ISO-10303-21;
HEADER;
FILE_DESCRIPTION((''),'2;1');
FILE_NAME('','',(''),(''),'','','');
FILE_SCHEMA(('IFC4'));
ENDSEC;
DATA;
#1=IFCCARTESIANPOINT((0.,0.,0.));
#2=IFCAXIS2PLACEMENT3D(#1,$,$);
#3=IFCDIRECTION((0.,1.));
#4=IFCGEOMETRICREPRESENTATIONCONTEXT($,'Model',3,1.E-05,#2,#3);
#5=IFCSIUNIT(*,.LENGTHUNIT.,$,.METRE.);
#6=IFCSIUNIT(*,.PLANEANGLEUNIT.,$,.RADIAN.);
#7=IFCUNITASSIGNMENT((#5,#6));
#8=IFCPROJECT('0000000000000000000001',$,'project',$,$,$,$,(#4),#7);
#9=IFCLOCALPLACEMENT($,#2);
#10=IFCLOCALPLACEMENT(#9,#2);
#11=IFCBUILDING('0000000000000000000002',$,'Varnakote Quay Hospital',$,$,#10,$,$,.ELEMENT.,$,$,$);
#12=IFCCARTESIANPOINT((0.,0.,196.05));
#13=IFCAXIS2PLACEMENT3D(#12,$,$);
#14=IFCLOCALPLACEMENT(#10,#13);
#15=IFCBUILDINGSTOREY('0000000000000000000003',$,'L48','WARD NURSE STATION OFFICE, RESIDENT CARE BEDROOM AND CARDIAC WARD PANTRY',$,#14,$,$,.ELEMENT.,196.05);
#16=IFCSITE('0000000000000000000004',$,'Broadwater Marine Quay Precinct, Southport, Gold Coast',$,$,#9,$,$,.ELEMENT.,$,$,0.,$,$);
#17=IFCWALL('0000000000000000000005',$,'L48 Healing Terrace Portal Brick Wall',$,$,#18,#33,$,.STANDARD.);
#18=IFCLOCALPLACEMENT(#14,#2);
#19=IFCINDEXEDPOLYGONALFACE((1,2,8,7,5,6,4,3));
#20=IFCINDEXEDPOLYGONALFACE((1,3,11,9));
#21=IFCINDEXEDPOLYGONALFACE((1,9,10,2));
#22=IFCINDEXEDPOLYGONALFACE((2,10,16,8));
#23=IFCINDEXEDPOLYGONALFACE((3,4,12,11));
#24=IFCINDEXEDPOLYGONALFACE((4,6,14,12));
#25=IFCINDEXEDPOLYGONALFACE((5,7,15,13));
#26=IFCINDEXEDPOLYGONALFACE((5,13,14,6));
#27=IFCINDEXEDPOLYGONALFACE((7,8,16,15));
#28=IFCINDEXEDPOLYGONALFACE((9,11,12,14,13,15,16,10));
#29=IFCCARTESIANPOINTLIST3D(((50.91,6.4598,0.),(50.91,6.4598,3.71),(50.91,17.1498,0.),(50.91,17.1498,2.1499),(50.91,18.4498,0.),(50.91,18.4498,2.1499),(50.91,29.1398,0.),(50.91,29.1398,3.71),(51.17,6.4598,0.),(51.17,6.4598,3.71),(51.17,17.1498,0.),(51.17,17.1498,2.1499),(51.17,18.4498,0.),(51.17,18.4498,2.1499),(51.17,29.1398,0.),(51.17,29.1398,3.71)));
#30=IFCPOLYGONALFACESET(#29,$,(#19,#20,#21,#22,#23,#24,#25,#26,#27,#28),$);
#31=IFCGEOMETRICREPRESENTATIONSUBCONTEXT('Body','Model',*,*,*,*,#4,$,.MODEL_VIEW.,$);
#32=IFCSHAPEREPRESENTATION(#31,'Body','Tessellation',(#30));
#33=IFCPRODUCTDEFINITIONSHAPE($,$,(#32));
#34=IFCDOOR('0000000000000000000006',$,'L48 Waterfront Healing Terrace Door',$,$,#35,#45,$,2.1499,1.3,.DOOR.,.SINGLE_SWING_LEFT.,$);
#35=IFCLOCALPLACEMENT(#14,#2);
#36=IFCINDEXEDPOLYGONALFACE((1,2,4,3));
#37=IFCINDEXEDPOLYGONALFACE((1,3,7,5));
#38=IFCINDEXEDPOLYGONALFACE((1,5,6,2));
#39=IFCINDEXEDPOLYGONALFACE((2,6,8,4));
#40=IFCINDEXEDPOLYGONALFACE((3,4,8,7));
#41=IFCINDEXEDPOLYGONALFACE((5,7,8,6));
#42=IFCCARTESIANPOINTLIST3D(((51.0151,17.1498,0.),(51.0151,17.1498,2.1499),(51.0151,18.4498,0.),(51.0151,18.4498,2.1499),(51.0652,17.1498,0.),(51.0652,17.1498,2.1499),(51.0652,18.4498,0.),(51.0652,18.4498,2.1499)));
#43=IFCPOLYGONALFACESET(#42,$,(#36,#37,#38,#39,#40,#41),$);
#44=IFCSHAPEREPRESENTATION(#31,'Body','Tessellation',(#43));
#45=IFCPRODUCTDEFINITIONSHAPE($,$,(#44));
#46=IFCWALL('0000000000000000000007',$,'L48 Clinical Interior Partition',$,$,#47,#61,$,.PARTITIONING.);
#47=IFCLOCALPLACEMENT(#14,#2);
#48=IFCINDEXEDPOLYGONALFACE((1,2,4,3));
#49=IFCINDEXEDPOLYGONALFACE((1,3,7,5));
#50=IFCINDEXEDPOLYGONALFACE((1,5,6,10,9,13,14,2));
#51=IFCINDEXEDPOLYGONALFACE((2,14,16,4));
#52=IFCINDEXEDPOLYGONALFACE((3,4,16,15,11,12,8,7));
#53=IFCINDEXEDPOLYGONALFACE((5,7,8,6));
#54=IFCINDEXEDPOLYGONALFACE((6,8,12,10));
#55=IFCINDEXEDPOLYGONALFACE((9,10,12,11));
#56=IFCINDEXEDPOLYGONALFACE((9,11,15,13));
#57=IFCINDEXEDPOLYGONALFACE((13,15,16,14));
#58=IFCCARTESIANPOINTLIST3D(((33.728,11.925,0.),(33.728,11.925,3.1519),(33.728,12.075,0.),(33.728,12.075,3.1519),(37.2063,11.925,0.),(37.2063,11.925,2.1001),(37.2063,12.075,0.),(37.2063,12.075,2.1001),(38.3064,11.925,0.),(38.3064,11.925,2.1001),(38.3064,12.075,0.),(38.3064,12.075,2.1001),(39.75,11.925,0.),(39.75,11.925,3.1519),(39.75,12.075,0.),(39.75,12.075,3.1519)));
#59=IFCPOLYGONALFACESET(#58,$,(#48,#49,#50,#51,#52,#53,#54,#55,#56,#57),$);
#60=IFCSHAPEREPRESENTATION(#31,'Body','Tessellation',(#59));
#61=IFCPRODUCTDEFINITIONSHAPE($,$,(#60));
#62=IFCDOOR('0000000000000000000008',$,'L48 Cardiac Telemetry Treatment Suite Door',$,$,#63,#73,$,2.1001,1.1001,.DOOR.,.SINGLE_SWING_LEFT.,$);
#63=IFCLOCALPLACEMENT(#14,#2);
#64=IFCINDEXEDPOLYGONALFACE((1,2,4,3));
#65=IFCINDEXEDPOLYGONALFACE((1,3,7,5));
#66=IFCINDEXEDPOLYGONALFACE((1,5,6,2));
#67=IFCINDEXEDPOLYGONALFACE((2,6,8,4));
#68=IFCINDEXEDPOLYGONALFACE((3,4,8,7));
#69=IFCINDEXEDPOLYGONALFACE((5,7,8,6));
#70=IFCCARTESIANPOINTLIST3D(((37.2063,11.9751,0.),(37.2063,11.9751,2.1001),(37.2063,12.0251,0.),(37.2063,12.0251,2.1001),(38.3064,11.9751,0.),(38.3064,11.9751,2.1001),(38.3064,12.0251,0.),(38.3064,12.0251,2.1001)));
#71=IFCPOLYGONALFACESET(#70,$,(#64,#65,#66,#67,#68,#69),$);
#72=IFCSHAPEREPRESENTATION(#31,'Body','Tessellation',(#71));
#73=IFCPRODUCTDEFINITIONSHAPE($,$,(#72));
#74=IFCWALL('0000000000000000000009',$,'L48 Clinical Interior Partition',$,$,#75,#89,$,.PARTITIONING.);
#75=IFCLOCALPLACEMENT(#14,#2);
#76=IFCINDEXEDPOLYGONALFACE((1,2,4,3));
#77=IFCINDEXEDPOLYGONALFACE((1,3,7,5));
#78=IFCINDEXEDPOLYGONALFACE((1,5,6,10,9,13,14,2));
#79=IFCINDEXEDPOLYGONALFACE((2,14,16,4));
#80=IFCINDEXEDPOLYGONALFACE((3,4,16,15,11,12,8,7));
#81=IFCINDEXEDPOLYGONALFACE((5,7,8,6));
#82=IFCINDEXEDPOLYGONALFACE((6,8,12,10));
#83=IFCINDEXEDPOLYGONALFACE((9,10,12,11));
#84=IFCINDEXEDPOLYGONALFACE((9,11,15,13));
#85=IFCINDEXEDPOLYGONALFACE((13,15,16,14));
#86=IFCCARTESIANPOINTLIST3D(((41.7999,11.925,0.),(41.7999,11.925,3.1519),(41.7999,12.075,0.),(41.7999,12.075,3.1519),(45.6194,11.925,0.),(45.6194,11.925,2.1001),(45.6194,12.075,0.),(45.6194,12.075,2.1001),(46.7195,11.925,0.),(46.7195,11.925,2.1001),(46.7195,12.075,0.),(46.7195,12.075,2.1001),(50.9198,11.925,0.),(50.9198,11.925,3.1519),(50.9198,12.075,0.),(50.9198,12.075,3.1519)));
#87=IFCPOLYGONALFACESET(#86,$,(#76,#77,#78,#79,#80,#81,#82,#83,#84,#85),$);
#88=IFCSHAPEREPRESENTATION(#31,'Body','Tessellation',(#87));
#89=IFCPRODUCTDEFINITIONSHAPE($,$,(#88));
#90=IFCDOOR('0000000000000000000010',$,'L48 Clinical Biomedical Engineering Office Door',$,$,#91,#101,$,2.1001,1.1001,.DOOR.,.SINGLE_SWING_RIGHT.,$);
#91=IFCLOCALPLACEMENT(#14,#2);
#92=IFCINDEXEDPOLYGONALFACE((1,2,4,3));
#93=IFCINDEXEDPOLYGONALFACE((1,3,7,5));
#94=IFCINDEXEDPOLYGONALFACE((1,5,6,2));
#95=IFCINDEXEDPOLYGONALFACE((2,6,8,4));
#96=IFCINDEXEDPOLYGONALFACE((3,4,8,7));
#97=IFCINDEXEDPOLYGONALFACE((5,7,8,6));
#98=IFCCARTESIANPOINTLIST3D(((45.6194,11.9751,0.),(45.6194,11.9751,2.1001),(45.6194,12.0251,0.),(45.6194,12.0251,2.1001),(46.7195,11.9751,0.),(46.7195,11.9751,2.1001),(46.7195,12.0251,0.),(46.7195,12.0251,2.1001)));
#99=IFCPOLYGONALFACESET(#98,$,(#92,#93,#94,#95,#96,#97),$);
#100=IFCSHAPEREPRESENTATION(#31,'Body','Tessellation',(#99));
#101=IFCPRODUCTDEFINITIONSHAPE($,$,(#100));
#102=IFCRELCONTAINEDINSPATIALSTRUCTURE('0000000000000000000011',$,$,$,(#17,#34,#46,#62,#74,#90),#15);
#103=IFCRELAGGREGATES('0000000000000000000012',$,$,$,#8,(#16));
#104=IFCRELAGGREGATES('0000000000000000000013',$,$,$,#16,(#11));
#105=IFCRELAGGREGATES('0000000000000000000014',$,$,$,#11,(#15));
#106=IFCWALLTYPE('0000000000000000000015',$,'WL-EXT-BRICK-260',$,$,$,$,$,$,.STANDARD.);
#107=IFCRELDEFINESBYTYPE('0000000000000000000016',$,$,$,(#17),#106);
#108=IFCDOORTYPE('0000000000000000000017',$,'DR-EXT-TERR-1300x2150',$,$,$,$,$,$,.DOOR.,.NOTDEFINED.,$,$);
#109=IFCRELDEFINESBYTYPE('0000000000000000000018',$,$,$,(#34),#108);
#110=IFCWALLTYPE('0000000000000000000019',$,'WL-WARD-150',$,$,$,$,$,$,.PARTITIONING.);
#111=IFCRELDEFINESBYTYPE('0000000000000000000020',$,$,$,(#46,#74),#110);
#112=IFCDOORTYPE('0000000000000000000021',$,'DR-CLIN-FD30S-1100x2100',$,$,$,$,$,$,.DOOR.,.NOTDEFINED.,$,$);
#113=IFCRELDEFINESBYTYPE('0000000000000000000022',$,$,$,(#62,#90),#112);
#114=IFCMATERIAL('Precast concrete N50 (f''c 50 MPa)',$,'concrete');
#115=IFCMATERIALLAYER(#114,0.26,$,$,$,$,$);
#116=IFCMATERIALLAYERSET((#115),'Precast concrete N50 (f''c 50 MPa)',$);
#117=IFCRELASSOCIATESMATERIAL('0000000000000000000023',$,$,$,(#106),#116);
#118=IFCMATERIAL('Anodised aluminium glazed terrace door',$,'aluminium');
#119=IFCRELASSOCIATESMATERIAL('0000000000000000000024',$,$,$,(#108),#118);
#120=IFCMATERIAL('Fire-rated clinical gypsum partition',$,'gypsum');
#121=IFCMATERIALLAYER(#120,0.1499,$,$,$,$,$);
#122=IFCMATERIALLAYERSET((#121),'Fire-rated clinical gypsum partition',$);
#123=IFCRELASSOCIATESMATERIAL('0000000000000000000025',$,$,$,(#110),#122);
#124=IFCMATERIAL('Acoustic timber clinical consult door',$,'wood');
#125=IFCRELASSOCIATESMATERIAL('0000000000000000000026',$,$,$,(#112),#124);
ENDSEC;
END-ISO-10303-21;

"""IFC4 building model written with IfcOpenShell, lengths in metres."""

from ifc_helpers import new_model, si_unit, direction, frame, frame_2d, origin, place, context, subcontext, project, spatial, rectangle, extrude, material, layer, layer_set, type_object, element, fill, save


model = new_model("IFC4")

# Units and contexts
model_context = context("Model", 3, precision=1e-05, world=origin(), true_north=direction((0.0, 1.0)))
body_context = subcontext(model_context, "Body", "Model", "MODEL_VIEW")
ifc_project = project(units=[si_unit("LENGTHUNIT", "METRE"), si_unit("PLANEANGLEUNIT", "RADIAN")], contexts=[model_context])

# Site, building, storey
site_placement = place(None, origin())
site = spatial("IfcSite", under=ifc_project, at=site_placement, Name="Broadwater Marine Quay Precinct, Southport, Gold Coast", CompositionType="ELEMENT", RefElevation=0.0)
building_placement = place(site_placement, origin())
building = spatial("IfcBuilding", under=site, at=building_placement, Name="Varnakote Quay Hospital", CompositionType="ELEMENT")
storey_placement = place(building_placement, frame((0.0, 0.0, 196.05)))
storey = spatial("IfcBuildingStorey", under=building, at=storey_placement, Name="L48", Description="WARD NURSE STATION OFFICE, RESIDENT CARE BEDROOM AND CARDIAC WARD PANTRY", CompositionType="ELEMENT", Elevation=196.05)

# Shared definitions
ifc_material_1 = material(Name="Precast concrete N50 (f'c 50 MPa)", Category="concrete")
ifc_layer_1 = layer(ifc_material_1, 0.26)
ifc_layer_set_1 = layer_set([ifc_layer_1], Name="Precast concrete N50 (f'c 50 MPa)")
wall_type_1 = type_object("IfcWallType", Name="WL-EXT-BRICK-260", PredefinedType="STANDARD", material=ifc_layer_set_1)

# Walls, openings, doors
wall_1_placement = place(storey_placement, frame((51.04, 6.46, 0.0), z_axis=(0.0, 0.0, 1.0), x_axis=(0.0, 1.0, 0.0)))
wall_1 = element("IfcWall", 1, at=wall_1_placement, inside=storey, type_object=wall_type_1, Name="L48 Healing Terrace Portal Brick Wall", PredefinedType="STANDARD", context=body_context, shape_type="SweptSolid", body=[
    extrude(rectangle(XDim=22.6799, YDim=0.26, at=frame_2d((11.3398, 0.0))), origin(), (0.0, 0.0, 1.0), 3.71),
])
opening_1_placement = place(wall_1_placement, frame((10.6899, 0.0, 0.0)))
opening_1 = element("IfcOpeningElement", 2, at=opening_1_placement, cuts=wall_1, PredefinedType="OPENING", context=body_context, shape_type="SweptSolid", body=[
    extrude(rectangle(XDim=1.3, YDim=2.1499, at=frame_2d((0.6499, 1.075))), frame((0.0, 0.1399, 0.0), z_axis=(0.0, -1.0, 0.0), x_axis=(1.0, 0.0, 0.0)), (0.0, 0.0, 1.0), 0.28),
])
ifc_material_2 = material(Name="Anodised aluminium glazed terrace door", Category="aluminium")
door_type_1 = type_object("IfcDoorType", Name="DR-EXT-TERR-1300x2150", OperationType="NOTDEFINED", PredefinedType="DOOR", material=ifc_material_2)
door_1_placement = place(opening_1_placement, origin())
door_1 = element("IfcDoor", 3, at=door_1_placement, inside=storey, type_object=door_type_1, Name="L48 Waterfront Healing Terrace Door", OperationType="SINGLE_SWING_LEFT", OverallHeight=2.1499, OverallWidth=1.3, PredefinedType="DOOR", context=body_context, shape_type="SweptSolid", body=[
    extrude(rectangle(XDim=1.3, YDim=2.1499, at=frame_2d((0.6499, 1.075))), frame((0.0, 0.0249, 0.0), z_axis=(0.0, -1.0, 0.0), x_axis=(1.0, 0.0, 0.0)), (0.0, 0.0, 1.0), 0.05),
])
fill(opening_1, door_1)
ifc_material_3 = material(Name="Fire-rated clinical gypsum partition", Category="gypsum")
ifc_layer_2 = layer(ifc_material_3, 0.1499)
ifc_layer_set_2 = layer_set([ifc_layer_2], Name="Fire-rated clinical gypsum partition")
wall_type_2 = type_object("IfcWallType", Name="WL-WARD-150", PredefinedType="PARTITIONING", material=ifc_layer_set_2)
wall_2_placement = place(storey_placement, frame((39.75, 12.0, 0.0), z_axis=(0.0, 0.0, 1.0), x_axis=(-1.0, 0.0, 0.0)))
wall_2 = element("IfcWall", 4, at=wall_2_placement, inside=storey, type_object=wall_type_2, Name="L48 Clinical Interior Partition", PredefinedType="PARTITIONING", context=body_context, shape_type="SweptSolid", body=[
    extrude(rectangle(XDim=6.022, YDim=0.1499, at=frame_2d((3.011, 0.0))), origin(), (0.0, 0.0, 1.0), 3.1519),
])
opening_2_placement = place(wall_2_placement, frame((1.4436, 0.0, 0.0)))
opening_2 = element("IfcOpeningElement", 5, at=opening_2_placement, cuts=wall_2, PredefinedType="OPENING", context=body_context, shape_type="SweptSolid", body=[
    extrude(rectangle(XDim=1.1001, YDim=2.1001, at=frame_2d((0.55, 1.05))), frame((0.0, 0.085, 0.0), z_axis=(0.0, -1.0, 0.0), x_axis=(1.0, 0.0, 0.0)), (0.0, 0.0, 1.0), 0.1699),
])
ifc_material_4 = material(Name="Acoustic timber clinical consult door", Category="wood")
door_type_2 = type_object("IfcDoorType", Name="DR-CLIN-FD30S-1100x2100", OperationType="NOTDEFINED", PredefinedType="DOOR", material=ifc_material_4)
door_2_placement = place(opening_2_placement, origin())
door_2 = element("IfcDoor", 6, at=door_2_placement, inside=storey, type_object=door_type_2, Name="L48 Cardiac Telemetry Treatment Suite Door", OperationType="SINGLE_SWING_LEFT", OverallHeight=2.1001, OverallWidth=1.1001, PredefinedType="DOOR", context=body_context, shape_type="SweptSolid", body=[
    extrude(rectangle(XDim=1.1001, YDim=2.1001, at=frame_2d((0.55, 1.05))), frame((0.0, 0.0249, 0.0), z_axis=(0.0, -1.0, 0.0), x_axis=(1.0, 0.0, 0.0)), (0.0, 0.0, 1.0), 0.05),
])
fill(opening_2, door_2)
wall_3_placement = place(storey_placement, frame((50.9199, 12.0, 0.0), z_axis=(0.0, 0.0, 1.0), x_axis=(-1.0, 0.0, 0.0)))
wall_3 = element("IfcWall", 7, at=wall_3_placement, inside=storey, type_object=wall_type_2, Name="L48 Clinical Interior Partition", PredefinedType="PARTITIONING", context=body_context, shape_type="SweptSolid", body=[
    extrude(rectangle(XDim=9.1199, YDim=0.1499, at=frame_2d((4.5601, 0.0))), origin(), (0.0, 0.0, 1.0), 3.1519),
])
opening_3_placement = place(wall_3_placement, frame((4.2004, 0.0, 0.0)))
opening_3 = element("IfcOpeningElement", 8, at=opening_3_placement, cuts=wall_3, PredefinedType="OPENING", context=body_context, shape_type="SweptSolid", body=[
    extrude(rectangle(XDim=1.1001, YDim=2.1001, at=frame_2d((0.55, 1.05))), frame((0.0, 0.085, 0.0), z_axis=(0.0, -1.0, 0.0), x_axis=(1.0, 0.0, 0.0)), (0.0, 0.0, 1.0), 0.1699),
])
door_3_placement = place(opening_3_placement, origin())
door_3 = element("IfcDoor", 9, at=door_3_placement, inside=storey, type_object=door_type_2, Name="L48 Clinical Biomedical Engineering Office Door", OperationType="SINGLE_SWING_RIGHT", OverallHeight=2.1001, OverallWidth=1.1001, PredefinedType="DOOR", context=body_context, shape_type="SweptSolid", body=[
    extrude(rectangle(XDim=1.1001, YDim=2.1001, at=frame_2d((0.55, 1.05))), frame((0.0, 0.0249, 0.0), z_axis=(0.0, -1.0, 0.0), x_axis=(1.0, 0.0, 0.0)), (0.0, 0.0, 1.0), 0.05),
])
fill(opening_3, door_3)

save(model, "model.ifc")
